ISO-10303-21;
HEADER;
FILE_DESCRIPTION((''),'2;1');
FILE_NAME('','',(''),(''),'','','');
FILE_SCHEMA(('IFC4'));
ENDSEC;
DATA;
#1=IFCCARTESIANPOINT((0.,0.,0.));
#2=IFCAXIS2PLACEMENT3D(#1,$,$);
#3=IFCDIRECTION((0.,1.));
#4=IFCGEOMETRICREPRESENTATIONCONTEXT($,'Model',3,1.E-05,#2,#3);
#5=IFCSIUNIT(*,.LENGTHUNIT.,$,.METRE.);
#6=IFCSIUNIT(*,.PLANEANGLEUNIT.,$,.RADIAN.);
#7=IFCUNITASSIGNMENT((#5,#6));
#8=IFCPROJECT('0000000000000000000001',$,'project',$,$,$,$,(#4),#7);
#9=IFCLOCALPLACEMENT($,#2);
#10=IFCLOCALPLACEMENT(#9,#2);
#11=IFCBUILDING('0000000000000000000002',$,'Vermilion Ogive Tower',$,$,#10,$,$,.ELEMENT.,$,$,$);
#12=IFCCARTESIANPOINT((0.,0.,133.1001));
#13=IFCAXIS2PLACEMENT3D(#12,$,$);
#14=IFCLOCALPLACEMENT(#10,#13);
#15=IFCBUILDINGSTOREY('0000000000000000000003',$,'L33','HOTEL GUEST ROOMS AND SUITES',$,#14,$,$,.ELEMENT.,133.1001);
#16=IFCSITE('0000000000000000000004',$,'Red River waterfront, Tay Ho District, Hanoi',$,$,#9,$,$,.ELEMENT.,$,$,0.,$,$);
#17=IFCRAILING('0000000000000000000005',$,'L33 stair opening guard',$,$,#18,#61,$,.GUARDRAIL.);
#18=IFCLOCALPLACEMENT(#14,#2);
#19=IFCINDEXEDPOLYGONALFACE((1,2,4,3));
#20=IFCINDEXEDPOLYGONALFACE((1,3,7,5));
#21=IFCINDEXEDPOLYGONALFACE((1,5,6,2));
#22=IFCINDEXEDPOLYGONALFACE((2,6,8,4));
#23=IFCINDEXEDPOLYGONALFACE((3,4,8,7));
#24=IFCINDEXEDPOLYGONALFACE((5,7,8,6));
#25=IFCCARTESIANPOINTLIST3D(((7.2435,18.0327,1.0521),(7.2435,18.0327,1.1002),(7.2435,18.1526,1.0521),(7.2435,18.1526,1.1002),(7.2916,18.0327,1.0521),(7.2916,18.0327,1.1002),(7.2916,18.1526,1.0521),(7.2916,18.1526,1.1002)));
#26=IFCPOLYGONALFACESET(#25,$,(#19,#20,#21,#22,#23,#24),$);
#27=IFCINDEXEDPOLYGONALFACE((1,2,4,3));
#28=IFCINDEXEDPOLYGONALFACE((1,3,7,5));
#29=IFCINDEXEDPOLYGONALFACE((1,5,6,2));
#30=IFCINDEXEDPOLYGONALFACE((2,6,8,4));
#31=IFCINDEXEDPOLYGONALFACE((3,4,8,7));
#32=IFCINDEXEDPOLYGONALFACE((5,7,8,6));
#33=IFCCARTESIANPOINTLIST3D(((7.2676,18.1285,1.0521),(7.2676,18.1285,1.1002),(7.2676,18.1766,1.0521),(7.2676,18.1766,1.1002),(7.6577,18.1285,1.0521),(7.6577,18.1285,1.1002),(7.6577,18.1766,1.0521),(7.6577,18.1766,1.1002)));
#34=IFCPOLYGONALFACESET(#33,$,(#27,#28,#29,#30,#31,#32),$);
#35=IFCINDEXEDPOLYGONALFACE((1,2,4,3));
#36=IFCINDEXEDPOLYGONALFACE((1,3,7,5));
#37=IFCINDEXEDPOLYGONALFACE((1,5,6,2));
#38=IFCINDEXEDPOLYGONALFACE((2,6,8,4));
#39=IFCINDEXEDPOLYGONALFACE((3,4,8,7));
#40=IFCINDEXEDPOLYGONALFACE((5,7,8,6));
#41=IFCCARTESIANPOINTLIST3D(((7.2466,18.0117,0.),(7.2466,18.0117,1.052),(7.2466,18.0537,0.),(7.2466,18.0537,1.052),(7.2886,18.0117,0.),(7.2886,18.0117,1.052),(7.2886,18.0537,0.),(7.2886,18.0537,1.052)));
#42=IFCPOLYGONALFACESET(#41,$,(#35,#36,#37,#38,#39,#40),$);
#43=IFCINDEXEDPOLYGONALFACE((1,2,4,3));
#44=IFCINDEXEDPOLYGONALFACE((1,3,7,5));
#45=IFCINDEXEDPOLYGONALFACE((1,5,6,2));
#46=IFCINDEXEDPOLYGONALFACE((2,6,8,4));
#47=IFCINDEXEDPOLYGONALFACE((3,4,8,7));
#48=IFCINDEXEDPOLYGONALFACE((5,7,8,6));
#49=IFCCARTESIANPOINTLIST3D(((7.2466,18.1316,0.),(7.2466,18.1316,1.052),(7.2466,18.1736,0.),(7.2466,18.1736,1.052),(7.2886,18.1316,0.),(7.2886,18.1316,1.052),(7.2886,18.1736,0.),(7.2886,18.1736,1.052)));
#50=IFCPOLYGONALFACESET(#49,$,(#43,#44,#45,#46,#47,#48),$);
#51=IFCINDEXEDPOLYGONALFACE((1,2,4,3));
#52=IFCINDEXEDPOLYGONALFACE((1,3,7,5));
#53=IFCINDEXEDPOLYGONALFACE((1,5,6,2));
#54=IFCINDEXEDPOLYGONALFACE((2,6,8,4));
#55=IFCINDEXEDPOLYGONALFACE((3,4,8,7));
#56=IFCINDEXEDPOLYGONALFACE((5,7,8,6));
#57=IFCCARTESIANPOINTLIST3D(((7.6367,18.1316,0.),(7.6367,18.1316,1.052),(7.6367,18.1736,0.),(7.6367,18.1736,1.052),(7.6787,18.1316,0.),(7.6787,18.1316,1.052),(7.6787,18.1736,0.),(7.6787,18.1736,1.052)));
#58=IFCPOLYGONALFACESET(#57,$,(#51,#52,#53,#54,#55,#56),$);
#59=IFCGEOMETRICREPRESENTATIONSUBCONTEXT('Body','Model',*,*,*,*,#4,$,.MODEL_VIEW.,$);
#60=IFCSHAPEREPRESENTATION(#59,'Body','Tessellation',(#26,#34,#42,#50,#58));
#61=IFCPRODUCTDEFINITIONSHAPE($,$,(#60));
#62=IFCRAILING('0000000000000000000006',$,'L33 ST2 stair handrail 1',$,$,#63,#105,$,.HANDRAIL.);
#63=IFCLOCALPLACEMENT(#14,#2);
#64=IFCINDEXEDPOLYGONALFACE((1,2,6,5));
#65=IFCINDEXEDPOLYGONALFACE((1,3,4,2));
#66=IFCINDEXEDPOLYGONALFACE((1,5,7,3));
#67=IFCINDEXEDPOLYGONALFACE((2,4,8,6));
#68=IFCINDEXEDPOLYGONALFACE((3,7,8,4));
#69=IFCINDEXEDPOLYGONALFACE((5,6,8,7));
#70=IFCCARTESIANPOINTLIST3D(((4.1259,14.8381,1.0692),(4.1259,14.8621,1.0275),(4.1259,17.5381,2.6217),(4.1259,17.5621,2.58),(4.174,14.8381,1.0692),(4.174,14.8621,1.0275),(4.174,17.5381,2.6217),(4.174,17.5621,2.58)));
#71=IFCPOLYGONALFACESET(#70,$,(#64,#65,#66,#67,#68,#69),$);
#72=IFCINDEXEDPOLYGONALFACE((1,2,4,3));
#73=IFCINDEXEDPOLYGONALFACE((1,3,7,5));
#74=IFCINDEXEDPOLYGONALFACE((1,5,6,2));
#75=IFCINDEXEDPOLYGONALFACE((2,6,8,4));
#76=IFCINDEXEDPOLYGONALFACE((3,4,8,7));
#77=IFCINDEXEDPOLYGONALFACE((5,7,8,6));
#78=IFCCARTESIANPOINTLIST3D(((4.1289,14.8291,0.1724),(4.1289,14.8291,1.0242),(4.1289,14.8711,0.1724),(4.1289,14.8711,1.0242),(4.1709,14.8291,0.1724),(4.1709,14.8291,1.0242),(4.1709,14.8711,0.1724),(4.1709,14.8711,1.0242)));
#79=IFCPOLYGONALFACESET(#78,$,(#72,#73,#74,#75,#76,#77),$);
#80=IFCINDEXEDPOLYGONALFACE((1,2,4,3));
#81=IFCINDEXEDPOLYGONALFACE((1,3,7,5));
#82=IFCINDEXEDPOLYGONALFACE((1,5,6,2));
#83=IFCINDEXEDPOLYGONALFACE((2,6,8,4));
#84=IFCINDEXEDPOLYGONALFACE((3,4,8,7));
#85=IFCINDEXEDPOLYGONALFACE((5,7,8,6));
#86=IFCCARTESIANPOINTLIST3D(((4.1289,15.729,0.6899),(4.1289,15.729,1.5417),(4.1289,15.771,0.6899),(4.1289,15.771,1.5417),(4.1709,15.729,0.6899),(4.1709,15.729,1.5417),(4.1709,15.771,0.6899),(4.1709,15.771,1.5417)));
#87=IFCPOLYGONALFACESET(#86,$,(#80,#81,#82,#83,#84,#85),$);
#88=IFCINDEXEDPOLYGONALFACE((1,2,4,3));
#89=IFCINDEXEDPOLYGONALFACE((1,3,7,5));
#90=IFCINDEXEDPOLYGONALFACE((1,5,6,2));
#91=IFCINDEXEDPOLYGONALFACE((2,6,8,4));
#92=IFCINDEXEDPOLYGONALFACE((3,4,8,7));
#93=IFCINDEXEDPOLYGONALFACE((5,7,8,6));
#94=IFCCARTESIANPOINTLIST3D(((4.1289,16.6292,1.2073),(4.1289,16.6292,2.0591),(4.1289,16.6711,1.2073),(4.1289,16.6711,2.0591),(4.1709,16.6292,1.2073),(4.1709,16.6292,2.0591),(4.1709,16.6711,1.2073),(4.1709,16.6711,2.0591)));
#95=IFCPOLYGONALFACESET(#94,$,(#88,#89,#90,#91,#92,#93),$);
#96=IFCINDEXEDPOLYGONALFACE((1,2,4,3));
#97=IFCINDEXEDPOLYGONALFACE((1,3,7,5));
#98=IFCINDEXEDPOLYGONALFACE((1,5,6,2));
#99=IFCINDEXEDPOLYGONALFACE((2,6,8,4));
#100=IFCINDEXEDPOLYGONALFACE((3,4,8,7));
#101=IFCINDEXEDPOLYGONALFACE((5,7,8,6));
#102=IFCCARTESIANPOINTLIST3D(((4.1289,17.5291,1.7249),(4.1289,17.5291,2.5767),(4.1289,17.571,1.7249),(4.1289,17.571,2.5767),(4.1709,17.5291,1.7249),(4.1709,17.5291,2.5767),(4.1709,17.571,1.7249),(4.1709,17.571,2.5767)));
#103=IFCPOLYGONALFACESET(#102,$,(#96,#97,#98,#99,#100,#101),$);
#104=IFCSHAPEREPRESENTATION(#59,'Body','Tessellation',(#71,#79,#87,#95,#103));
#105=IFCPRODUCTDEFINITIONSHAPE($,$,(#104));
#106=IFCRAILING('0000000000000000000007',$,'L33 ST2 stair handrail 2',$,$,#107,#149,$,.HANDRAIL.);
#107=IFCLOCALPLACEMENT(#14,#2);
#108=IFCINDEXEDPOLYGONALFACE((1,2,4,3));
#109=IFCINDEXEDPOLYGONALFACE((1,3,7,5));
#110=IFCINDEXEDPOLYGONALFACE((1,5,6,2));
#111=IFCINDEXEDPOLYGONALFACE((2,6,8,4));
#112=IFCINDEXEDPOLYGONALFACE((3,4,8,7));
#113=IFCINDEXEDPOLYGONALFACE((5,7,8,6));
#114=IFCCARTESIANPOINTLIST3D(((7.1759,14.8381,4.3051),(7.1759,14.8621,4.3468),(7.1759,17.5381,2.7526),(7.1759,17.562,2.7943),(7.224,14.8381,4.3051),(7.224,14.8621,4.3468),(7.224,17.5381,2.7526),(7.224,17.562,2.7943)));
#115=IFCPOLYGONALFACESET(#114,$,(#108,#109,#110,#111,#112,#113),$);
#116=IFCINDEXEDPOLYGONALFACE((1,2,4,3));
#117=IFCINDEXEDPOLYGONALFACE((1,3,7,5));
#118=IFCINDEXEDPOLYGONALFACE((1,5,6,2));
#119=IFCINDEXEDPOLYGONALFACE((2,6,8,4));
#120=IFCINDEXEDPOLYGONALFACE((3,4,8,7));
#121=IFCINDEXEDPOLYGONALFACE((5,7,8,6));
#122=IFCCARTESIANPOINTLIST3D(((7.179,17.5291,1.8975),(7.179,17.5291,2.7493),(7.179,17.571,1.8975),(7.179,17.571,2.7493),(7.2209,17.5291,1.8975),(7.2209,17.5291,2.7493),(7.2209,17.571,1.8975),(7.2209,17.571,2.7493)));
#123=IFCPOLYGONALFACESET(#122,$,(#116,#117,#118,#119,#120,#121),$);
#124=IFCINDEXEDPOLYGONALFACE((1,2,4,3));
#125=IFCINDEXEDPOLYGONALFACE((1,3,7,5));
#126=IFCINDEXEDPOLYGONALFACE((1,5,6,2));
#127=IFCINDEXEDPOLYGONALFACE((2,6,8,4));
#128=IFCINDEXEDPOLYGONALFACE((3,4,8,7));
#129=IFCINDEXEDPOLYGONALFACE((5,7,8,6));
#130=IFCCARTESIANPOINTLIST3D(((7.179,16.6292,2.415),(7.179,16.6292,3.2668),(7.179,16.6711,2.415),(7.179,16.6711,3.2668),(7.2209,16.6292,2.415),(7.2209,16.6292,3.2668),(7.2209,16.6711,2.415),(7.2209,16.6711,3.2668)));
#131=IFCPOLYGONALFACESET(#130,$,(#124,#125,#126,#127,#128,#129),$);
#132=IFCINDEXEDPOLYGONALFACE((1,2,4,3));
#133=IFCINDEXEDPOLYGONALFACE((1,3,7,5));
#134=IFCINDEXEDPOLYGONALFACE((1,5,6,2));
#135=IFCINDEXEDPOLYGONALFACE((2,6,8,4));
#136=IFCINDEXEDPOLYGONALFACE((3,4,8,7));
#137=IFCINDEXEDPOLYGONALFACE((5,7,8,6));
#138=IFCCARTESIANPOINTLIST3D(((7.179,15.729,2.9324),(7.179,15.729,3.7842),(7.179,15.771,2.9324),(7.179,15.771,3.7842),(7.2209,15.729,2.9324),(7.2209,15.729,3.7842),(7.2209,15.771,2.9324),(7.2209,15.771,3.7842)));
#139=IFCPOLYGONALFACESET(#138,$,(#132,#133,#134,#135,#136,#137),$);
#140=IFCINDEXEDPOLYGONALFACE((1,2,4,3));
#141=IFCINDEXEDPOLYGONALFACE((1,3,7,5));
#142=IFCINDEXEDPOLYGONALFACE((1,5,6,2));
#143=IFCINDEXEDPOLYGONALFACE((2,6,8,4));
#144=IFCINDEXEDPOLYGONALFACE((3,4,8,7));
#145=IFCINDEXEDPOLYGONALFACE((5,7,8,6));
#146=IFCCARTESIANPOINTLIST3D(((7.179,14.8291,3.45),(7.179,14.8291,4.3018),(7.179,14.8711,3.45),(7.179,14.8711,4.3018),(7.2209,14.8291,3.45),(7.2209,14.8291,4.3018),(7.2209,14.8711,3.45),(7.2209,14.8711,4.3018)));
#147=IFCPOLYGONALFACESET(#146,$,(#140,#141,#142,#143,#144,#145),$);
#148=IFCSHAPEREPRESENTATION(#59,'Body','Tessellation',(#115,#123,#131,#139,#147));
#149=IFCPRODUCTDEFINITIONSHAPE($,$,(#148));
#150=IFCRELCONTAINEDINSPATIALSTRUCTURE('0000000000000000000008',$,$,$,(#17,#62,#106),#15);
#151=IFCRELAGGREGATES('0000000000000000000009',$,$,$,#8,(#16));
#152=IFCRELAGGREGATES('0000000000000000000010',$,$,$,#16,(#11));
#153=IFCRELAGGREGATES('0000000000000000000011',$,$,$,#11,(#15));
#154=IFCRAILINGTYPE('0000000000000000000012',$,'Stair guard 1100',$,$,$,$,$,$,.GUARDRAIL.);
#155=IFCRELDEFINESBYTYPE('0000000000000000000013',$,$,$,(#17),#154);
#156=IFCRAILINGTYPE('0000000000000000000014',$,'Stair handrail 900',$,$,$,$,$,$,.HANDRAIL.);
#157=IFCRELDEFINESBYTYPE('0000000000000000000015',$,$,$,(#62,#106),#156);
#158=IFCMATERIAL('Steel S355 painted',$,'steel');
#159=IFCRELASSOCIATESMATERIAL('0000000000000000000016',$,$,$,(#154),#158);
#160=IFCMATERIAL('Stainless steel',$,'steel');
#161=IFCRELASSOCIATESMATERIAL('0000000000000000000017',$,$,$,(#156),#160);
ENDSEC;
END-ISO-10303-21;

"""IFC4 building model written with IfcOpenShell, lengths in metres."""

from ifc_helpers import new_model, si_unit, direction, frame, origin, origin_2d, place, context, subcontext, project, spatial, rectangle, extrude, material, type_object, element, save


model = new_model("IFC4")

# Units and contexts
model_context = context("Model", 3, precision=1e-05, world=origin(), true_north=direction((0.0, 1.0)))
body_context = subcontext(model_context, "Body", "Model", "MODEL_VIEW")
ifc_project = project(units=[si_unit("LENGTHUNIT", "METRE"), si_unit("PLANEANGLEUNIT", "RADIAN")], contexts=[model_context])

# Site, building, storey
site_placement = place(None, origin())
site = spatial("IfcSite", under=ifc_project, at=site_placement, Name="Red River waterfront, Tay Ho District, Hanoi", CompositionType="ELEMENT", RefElevation=0.0)
building_placement = place(site_placement, origin())
building = spatial("IfcBuilding", under=site, at=building_placement, Name="Vermilion Ogive Tower", CompositionType="ELEMENT")
storey_placement = place(building_placement, frame((0.0, 0.0, 133.1001)))
storey = spatial("IfcBuildingStorey", under=building, at=storey_placement, Name="L33", Description="HOTEL GUEST ROOMS AND SUITES", CompositionType="ELEMENT", Elevation=133.1001)

# Railings
ifc_material_1 = material(Name="Steel S355 painted", Category="steel")
railing_type_1 = type_object("IfcRailingType", Name="Stair guard 1100", PredefinedType="GUARDRAIL", material=ifc_material_1)
railing_1_placement = place(storey_placement, frame((7.2676, 18.0327, 0.0)))
element("IfcRailing", 1, at=railing_1_placement, inside=storey, type_object=railing_type_1, Name="L33 stair opening guard", PredefinedType="GUARDRAIL", context=body_context, shape_type="SweptSolid", body=[
    extrude(rectangle(XDim=0.0481, YDim=0.0481, at=origin_2d()), frame((0.0, 0.0, 1.0762), z_axis=(0.0, 1.0, 0.0), x_axis=(-1.0, 0.0, 0.0)), (0.0, 0.0, 1.0), 0.1199),
    extrude(rectangle(XDim=0.0481, YDim=0.0481, at=origin_2d()), frame((0.0, 0.1199, 1.0762), z_axis=(1.0, 0.0, 0.0), x_axis=(0.0, 1.0, 0.0)), (0.0, 0.0, 1.0), 0.3901),
    extrude(rectangle(XDim=0.042, YDim=0.042, at=origin_2d()), origin(), (0.0, 0.0, 1.0), 1.052),
    extrude(rectangle(XDim=0.042, YDim=0.042, at=origin_2d()), frame((0.0, 0.1199, 0.0)), (0.0, 0.0, 1.0), 1.052),
    extrude(rectangle(XDim=0.042, YDim=0.042, at=origin_2d()), frame((0.3901, 0.1199, 0.0)), (0.0, 0.0, 1.0), 1.052),
])
ifc_material_2 = material(Name="Stainless steel", Category="steel")
railing_type_2 = type_object("IfcRailingType", Name="Stair handrail 900", PredefinedType="HANDRAIL", material=ifc_material_2)
railing_2_placement = place(storey_placement, frame((4.1499, 14.8501, 0.1724)))
element("IfcRailing", 2, at=railing_2_placement, inside=storey, type_object=railing_type_2, Name="L33 ST2 stair handrail 1", PredefinedType="HANDRAIL", context=body_context, shape_type="SweptSolid", body=[
    extrude(rectangle(XDim=0.0481, YDim=0.0481, at=origin_2d()), frame((0.0, 0.0, 0.876), z_axis=(0.0, 0.866904, 0.498476), x_axis=(-1.0, 0.0, 0.0)), (0.0, 0.0, 1.0), 3.1145),
    extrude(rectangle(XDim=0.042, YDim=0.042, at=origin_2d()), origin(), (0.0, 0.0, 1.0), 0.8518),
    extrude(rectangle(XDim=0.042, YDim=0.042, at=origin_2d()), frame((0.0, 0.8999, 0.5176)), (0.0, 0.0, 1.0), 0.8518),
    extrude(rectangle(XDim=0.042, YDim=0.042, at=origin_2d()), frame((0.0, 1.8, 1.0349)), (0.0, 0.0, 1.0), 0.8518),
    extrude(rectangle(XDim=0.042, YDim=0.042, at=origin_2d()), frame((0.0, 2.7, 1.5525)), (0.0, 0.0, 1.0), 0.8518),
])
railing_3_placement = place(storey_placement, frame((7.2, 17.55, 1.8975)))
element("IfcRailing", 3, at=railing_3_placement, inside=storey, type_object=railing_type_2, Name="L33 ST2 stair handrail 2", PredefinedType="HANDRAIL", context=body_context, shape_type="SweptSolid", body=[
    extrude(rectangle(XDim=0.0481, YDim=0.0481, at=origin_2d()), frame((0.0, 0.0, 0.876), z_axis=(0.0, -0.866904, 0.498476), x_axis=(1.0, 0.0, 0.0)), (0.0, 0.0, 1.0), 3.1145),
    extrude(rectangle(XDim=0.042, YDim=0.042, at=origin_2d()), origin(), (0.0, 0.0, 1.0), 0.8518),
    extrude(rectangle(XDim=0.042, YDim=0.042, at=origin_2d()), frame((0.0, -0.8999, 0.5176)), (0.0, 0.0, 1.0), 0.8518),
    extrude(rectangle(XDim=0.042, YDim=0.042, at=origin_2d()), frame((0.0, -1.8, 1.0349)), (0.0, 0.0, 1.0), 0.8518),
    extrude(rectangle(XDim=0.042, YDim=0.042, at=origin_2d()), frame((0.0, -2.7, 1.5525)), (0.0, 0.0, 1.0), 0.8518),
])

save(model, "model.ifc")
